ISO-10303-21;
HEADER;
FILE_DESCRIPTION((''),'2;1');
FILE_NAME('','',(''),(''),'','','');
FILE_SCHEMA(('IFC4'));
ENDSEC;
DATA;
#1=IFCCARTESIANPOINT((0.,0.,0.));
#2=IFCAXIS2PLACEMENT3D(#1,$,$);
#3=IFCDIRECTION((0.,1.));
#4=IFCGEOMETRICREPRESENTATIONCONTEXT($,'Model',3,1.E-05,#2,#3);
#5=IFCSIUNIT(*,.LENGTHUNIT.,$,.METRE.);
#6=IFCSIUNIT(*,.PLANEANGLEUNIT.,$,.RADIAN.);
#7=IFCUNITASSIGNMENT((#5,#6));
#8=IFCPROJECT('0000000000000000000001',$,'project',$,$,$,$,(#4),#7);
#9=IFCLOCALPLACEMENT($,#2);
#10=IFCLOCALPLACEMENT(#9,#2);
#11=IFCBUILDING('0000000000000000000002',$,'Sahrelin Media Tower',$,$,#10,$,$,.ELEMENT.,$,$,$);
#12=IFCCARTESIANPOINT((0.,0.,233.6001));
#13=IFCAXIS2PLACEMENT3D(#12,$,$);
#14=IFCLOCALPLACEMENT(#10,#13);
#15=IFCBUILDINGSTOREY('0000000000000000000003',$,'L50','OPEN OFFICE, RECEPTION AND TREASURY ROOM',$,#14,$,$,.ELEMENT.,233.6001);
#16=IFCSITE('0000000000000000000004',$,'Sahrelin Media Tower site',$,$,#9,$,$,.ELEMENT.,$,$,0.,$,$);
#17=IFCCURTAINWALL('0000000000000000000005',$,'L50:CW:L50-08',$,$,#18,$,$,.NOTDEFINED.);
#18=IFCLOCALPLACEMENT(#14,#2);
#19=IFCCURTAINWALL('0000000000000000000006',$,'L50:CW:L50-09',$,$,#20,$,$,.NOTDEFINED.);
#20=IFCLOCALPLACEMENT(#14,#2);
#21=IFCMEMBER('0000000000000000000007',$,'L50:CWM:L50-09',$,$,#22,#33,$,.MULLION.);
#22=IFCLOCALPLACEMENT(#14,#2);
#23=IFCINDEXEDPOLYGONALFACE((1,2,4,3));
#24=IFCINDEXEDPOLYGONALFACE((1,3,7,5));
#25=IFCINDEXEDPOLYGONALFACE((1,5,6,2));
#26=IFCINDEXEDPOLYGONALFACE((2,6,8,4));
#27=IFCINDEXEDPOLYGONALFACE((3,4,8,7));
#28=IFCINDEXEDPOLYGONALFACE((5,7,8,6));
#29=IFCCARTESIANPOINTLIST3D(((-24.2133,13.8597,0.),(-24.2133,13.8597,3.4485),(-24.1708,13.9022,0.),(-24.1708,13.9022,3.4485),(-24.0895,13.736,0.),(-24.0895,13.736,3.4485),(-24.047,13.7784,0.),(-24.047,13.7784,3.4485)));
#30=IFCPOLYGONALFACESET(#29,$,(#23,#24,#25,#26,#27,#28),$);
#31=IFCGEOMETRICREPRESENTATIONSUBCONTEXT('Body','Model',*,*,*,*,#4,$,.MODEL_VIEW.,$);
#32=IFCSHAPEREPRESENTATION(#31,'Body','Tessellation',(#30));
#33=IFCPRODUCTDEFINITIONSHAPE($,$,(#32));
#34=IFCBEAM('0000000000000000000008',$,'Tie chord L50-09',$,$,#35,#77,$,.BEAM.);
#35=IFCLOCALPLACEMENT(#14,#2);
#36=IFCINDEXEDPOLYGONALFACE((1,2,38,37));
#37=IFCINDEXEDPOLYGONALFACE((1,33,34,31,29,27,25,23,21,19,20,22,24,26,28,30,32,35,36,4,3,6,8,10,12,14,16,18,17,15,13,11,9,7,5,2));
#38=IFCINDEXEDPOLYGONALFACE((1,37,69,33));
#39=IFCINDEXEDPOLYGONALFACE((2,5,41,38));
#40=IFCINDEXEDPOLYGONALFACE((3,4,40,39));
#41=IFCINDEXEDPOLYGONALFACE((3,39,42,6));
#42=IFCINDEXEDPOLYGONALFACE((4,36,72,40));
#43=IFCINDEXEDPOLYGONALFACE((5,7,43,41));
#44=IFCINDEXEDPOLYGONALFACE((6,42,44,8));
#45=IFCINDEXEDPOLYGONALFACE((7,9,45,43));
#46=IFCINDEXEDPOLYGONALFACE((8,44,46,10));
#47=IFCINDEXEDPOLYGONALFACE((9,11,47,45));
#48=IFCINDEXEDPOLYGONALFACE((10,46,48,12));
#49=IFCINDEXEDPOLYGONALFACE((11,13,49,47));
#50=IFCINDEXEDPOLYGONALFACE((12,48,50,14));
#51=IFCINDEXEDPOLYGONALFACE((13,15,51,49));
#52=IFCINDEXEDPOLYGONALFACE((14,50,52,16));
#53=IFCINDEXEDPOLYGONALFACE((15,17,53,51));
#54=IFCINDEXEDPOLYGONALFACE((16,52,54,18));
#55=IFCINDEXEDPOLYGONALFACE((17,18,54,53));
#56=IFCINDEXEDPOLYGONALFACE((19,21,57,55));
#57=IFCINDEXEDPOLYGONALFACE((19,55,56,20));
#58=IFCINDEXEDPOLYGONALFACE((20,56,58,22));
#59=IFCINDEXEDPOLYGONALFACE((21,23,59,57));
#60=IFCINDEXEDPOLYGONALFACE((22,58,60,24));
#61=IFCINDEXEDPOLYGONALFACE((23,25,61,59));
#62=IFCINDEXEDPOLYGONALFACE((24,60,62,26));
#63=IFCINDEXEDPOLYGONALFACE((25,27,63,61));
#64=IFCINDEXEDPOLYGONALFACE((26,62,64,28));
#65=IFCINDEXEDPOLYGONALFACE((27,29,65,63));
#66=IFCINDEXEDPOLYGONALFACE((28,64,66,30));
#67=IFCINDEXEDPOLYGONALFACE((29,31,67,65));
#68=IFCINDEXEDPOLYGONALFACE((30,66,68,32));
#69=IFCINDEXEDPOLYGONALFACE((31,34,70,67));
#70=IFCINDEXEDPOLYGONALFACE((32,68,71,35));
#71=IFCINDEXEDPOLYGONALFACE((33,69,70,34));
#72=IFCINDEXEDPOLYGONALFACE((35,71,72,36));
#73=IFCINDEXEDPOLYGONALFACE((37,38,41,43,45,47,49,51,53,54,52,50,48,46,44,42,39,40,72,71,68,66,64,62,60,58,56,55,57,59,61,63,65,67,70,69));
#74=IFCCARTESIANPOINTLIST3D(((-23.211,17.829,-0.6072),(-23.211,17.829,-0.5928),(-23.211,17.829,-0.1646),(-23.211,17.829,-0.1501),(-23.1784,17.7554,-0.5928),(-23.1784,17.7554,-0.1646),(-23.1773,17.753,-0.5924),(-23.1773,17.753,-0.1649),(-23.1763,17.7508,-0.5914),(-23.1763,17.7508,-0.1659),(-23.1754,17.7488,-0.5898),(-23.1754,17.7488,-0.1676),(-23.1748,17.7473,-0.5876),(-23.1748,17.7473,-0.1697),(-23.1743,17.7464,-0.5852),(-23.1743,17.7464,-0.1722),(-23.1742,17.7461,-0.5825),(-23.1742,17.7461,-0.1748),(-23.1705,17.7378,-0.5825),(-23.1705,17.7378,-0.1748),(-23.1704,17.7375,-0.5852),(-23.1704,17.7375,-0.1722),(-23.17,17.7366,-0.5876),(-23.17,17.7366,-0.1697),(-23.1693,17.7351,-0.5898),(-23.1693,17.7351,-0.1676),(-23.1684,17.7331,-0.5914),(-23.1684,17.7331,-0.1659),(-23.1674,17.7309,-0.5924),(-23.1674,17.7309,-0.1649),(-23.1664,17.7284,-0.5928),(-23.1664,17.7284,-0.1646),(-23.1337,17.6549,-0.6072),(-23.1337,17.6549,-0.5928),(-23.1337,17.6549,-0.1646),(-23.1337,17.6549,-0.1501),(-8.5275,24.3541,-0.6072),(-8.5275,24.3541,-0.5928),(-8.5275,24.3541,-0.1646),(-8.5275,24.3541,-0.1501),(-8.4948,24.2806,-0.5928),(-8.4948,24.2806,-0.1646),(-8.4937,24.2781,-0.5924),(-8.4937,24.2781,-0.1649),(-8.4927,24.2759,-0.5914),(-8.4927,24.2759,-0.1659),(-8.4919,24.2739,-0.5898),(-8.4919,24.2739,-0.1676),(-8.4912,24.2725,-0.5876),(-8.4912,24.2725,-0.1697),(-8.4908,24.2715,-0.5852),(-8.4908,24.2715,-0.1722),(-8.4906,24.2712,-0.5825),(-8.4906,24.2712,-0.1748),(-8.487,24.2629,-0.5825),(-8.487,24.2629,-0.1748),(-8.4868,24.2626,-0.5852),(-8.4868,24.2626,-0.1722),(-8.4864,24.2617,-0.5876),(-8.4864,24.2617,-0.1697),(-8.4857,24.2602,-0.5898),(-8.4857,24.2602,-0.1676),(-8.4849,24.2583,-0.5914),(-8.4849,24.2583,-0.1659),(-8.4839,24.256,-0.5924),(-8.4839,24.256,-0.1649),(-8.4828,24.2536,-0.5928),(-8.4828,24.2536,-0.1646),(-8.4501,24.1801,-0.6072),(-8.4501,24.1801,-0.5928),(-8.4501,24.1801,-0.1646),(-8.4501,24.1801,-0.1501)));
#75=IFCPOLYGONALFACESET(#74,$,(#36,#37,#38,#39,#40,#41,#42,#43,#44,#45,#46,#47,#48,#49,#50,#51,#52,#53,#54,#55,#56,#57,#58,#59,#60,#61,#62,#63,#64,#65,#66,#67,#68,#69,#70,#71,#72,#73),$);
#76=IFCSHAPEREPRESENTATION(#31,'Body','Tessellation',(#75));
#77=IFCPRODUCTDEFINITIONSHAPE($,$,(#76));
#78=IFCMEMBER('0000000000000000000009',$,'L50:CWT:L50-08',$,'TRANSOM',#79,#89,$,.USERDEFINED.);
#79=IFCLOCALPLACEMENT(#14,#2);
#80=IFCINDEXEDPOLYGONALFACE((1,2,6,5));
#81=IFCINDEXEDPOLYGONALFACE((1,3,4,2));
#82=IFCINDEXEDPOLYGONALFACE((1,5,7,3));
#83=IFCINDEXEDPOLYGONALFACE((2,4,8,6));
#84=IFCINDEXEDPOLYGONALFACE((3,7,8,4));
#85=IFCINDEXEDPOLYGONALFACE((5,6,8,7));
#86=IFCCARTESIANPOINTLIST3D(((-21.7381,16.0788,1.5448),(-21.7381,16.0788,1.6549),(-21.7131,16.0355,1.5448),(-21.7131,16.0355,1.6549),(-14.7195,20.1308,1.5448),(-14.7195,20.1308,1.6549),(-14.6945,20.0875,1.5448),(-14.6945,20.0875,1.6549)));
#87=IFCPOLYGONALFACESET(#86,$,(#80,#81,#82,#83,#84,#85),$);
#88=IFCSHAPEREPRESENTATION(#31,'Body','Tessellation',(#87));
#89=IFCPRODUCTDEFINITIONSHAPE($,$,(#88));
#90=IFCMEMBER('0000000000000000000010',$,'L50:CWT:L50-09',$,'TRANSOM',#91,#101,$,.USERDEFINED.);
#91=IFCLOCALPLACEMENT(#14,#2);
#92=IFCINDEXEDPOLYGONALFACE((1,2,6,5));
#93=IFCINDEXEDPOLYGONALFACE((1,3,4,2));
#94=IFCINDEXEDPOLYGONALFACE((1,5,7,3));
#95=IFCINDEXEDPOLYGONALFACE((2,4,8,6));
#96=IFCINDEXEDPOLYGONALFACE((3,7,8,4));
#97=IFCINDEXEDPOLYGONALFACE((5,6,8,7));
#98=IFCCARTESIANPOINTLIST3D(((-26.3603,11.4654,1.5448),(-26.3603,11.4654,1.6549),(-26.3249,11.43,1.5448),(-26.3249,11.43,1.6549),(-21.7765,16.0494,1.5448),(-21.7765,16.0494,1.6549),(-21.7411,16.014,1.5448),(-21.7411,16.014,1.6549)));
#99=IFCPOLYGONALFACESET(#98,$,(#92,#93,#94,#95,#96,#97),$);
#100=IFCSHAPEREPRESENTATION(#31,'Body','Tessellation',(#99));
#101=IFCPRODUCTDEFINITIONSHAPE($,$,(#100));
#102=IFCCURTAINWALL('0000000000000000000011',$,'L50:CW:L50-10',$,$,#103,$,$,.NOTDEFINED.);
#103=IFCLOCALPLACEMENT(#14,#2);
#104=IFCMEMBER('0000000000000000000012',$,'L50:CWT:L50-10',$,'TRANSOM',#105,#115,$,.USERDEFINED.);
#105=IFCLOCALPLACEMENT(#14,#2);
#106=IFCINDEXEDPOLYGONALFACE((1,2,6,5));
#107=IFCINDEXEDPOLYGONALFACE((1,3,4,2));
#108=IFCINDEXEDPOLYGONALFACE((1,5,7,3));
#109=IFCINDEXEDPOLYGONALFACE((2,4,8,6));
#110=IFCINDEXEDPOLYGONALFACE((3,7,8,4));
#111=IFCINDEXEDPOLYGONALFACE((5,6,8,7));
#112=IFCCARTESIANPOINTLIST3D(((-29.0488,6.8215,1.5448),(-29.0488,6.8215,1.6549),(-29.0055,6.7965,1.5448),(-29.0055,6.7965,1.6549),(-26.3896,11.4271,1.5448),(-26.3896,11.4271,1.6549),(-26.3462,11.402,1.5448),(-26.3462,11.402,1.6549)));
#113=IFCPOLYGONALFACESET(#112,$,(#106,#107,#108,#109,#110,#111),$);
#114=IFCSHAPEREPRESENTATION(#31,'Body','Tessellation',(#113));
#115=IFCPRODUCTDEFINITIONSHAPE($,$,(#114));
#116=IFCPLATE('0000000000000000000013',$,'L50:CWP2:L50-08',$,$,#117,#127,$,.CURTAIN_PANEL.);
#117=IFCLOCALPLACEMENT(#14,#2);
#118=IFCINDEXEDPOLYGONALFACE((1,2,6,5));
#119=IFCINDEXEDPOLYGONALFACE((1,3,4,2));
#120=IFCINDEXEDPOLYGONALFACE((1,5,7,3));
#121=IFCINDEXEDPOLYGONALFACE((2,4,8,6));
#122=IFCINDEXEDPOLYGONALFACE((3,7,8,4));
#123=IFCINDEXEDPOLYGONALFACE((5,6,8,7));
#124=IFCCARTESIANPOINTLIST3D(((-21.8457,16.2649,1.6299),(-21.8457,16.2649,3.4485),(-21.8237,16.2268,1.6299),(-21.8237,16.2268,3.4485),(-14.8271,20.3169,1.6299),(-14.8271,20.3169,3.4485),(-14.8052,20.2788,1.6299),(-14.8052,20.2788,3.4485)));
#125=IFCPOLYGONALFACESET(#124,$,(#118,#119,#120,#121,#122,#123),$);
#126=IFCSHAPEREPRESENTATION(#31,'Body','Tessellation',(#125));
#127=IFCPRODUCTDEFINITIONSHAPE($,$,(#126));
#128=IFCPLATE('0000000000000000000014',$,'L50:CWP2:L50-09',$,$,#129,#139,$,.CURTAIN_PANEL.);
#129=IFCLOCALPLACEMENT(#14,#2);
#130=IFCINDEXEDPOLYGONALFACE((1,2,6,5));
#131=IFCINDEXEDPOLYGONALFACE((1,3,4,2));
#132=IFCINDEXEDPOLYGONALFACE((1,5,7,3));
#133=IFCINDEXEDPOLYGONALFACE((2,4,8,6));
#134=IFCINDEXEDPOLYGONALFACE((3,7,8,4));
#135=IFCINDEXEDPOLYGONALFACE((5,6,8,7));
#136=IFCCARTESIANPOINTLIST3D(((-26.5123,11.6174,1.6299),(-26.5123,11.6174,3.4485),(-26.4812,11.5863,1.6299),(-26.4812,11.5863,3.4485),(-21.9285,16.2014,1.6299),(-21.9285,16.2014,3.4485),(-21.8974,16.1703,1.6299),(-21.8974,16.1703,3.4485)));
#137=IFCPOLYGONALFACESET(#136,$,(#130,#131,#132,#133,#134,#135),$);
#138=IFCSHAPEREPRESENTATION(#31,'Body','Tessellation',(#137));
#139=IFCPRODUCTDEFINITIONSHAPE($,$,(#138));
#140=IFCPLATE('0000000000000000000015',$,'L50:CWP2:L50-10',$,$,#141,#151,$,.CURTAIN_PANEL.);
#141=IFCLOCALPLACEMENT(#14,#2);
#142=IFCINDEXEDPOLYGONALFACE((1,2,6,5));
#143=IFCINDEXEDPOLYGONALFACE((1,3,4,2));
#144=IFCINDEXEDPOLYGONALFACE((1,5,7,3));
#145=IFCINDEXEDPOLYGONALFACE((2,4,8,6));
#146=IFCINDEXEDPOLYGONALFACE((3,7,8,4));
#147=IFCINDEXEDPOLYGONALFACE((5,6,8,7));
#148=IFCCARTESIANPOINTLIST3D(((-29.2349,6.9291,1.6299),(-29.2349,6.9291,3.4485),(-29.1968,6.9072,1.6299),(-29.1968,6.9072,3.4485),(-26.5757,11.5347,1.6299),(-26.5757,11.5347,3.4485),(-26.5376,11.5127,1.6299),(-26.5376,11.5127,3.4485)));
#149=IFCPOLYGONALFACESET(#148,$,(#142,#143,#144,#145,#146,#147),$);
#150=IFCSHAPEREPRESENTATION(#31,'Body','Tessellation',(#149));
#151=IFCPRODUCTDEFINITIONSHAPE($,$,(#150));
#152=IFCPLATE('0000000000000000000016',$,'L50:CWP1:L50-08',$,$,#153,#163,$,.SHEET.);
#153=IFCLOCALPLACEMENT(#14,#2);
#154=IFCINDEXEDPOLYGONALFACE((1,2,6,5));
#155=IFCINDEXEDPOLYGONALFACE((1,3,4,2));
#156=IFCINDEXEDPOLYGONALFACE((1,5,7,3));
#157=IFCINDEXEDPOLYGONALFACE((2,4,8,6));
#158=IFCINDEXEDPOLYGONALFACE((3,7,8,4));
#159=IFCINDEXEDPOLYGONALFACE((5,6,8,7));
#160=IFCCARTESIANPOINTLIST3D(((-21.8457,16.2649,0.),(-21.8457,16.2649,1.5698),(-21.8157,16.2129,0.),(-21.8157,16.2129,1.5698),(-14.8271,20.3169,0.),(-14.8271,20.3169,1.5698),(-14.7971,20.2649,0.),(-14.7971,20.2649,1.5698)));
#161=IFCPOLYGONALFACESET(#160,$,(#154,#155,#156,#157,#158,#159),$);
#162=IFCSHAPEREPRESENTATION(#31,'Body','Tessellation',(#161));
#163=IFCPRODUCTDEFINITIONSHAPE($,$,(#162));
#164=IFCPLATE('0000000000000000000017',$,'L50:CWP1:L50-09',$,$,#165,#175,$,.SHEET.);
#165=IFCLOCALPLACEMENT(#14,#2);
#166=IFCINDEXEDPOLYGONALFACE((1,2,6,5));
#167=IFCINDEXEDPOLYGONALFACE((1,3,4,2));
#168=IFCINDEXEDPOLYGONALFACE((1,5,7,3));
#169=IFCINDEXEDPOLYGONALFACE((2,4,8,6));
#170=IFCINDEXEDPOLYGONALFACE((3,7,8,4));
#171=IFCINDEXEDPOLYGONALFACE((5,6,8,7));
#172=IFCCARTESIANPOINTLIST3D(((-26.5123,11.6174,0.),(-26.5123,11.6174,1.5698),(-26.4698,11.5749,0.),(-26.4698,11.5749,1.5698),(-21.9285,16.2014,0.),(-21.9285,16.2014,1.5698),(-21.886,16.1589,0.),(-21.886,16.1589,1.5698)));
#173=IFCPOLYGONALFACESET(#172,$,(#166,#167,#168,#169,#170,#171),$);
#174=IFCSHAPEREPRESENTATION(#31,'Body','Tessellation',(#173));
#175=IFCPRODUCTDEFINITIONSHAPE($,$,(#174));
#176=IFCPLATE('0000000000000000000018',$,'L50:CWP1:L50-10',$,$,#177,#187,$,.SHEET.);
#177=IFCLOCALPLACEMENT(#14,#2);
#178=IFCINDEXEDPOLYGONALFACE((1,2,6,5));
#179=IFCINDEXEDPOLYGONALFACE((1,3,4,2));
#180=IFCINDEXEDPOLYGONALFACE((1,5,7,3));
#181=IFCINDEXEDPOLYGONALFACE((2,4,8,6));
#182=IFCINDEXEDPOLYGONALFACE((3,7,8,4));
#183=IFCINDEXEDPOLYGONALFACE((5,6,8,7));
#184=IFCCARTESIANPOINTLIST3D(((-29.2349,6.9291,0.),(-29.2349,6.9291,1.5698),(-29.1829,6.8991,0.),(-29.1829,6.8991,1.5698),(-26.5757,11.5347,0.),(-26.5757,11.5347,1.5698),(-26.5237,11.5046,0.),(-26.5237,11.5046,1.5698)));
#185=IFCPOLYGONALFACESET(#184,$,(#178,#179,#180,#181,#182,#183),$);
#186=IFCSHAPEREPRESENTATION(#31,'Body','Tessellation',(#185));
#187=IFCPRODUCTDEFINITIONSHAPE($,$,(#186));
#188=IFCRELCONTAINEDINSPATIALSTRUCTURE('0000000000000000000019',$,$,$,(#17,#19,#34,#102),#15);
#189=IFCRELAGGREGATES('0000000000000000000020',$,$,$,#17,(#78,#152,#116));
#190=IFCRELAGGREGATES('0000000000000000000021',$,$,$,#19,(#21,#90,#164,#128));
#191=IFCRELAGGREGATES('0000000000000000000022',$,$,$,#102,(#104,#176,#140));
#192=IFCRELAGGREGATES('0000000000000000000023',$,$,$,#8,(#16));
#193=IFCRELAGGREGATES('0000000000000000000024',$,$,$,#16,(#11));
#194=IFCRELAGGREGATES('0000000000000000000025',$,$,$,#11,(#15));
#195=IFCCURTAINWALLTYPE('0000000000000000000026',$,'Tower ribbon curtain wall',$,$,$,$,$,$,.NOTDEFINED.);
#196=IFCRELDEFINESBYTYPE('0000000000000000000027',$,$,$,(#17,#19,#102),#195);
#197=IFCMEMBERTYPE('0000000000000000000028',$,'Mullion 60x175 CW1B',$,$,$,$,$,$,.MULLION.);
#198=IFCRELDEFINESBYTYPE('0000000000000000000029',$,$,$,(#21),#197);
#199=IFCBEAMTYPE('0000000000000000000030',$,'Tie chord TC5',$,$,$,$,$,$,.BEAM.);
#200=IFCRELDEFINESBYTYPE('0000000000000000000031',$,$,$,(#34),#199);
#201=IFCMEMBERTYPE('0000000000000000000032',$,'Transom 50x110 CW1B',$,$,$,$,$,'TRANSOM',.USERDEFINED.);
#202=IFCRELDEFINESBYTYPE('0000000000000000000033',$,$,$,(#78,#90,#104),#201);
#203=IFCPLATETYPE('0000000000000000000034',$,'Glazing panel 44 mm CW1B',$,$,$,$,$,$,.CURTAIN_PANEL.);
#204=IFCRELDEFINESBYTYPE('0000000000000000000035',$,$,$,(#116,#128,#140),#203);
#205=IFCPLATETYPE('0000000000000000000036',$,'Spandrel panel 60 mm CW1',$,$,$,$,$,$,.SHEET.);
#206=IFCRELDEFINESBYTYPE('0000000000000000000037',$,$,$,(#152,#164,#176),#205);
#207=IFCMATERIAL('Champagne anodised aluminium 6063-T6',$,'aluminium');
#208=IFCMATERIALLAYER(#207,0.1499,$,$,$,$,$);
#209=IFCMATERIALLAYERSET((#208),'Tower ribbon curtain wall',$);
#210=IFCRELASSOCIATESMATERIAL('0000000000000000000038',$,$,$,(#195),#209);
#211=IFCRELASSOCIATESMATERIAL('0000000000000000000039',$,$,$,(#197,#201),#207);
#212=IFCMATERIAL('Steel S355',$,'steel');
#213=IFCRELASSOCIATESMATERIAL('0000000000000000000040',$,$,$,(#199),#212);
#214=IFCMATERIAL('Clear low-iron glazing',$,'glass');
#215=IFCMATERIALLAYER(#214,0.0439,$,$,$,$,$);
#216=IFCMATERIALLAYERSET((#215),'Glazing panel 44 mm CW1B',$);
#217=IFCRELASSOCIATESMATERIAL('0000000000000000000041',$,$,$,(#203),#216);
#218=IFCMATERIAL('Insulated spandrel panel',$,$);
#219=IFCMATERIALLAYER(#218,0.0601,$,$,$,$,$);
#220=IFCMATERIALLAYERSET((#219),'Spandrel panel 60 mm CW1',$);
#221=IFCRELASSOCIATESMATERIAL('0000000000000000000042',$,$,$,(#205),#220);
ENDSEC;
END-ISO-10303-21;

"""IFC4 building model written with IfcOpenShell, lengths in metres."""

from ifc_helpers import new_model, si_unit, direction, frame, origin, origin_2d, place, context, subcontext, project, spatial, polyline, rectangle, i_section, outline, extrude, material, layer, layer_set, material_profile, profile_set, type_object, element, aggregate, save


model = new_model("IFC4")

# Units and contexts
model_context = context("Model", 3, precision=1e-05, world=origin(), true_north=direction((0.0, 1.0)))
body_context = subcontext(model_context, "Body", "Model", "MODEL_VIEW")
ifc_project = project(units=[si_unit("LENGTHUNIT", "METRE"), si_unit("PLANEANGLEUNIT", "RADIAN")], contexts=[model_context])

# Site, building, storey
site_placement = place(None, origin())
site = spatial("IfcSite", under=ifc_project, at=site_placement, Name="Sahrelin Media Tower site", CompositionType="ELEMENT", RefElevation=0.0)
building_placement = place(site_placement, origin())
building = spatial("IfcBuilding", under=site, at=building_placement, Name="Sahrelin Media Tower", CompositionType="ELEMENT")
storey_placement = place(building_placement, frame((0.0, 0.0, 233.6001)))
storey = spatial("IfcBuildingStorey", under=building, at=storey_placement, Name="L50", Description="OPEN OFFICE, RECEPTION AND TREASURY ROOM", CompositionType="ELEMENT", Elevation=233.6001)

# Shared definitions
ifc_material_1 = material(Name="Steel S355", Category="steel")

# Curtain walls, member
ifc_material_2 = material(Name="Champagne anodised aluminium 6063-T6", Category="aluminium")
ifc_layer_1 = layer(ifc_material_2, 0.1499)
ifc_layer_set_1 = layer_set([ifc_layer_1], Name="Tower ribbon curtain wall")
curtain_wall_type = type_object("IfcCurtainWallType", Name="Tower ribbon curtain wall", PredefinedType="NOTDEFINED", material=ifc_layer_set_1)
curtain_wall_1_placement = place(storey_placement, frame((-18.3264, 18.2737, 0.0), z_axis=(0.0, 0.0, 1.0), x_axis=(1.0, 0.0, 0.0)))
curtain_wall_1 = element("IfcCurtainWall", 1, at=curtain_wall_1_placement, inside=storey, type_object=curtain_wall_type, Name="L50:CW:L50-08", PredefinedType="NOTDEFINED")
ifc_material_profile_1 = material_profile(ifc_material_2, rectangle(XDim=0.0601, YDim=0.175, at=origin_2d()), Name="Mullion 60x175")
ifc_profile_set_1 = profile_set([ifc_material_profile_1], Name="Champagne anodised aluminium 6063-T6")
member_type_1 = type_object("IfcMemberType", Name="Mullion 60x175 CW1B", PredefinedType="MULLION", material=ifc_profile_set_1)
curtain_wall_2_placement = place(storey_placement, frame((-24.2063, 13.8953, 0.0), z_axis=(0.0, 0.0, 1.0), x_axis=(1.0, 0.0, 0.0)))
curtain_wall_2 = element("IfcCurtainWall", 2, at=curtain_wall_2_placement, inside=storey, type_object=curtain_wall_type, Name="L50:CW:L50-09", PredefinedType="NOTDEFINED")
member_1_placement = place(storey_placement, frame((-24.1301, 13.8191, 0.0), z_axis=(0.0, 0.0, 1.0), x_axis=(-0.707099, -0.707114, 0.0)))
member_1 = element("IfcMember", 3, at=member_1_placement, type_object=member_type_1, Name="L50:CWM:L50-09", PredefinedType="MULLION", context=body_context, shape_type="SweptSolid", body=[
    extrude(rectangle(XDim=0.0601, YDim=0.175, at=origin_2d()), origin(), (0.0, 0.0, 1.0), 3.4485),
])

# Beam
ifc_material_profile_2 = material_profile(ifc_material_1, i_section(OverallWidth=0.1904, OverallDepth=0.457, WebThickness=0.009, FlangeThickness=0.0144, FilletRadius=0.0103, at=origin_2d()), Name="UB 457x191x74")
ifc_profile_set_2 = profile_set([ifc_material_profile_2], Name="Steel S355")
beam_type_1 = type_object("IfcBeamType", Name="Tie chord TC5", PredefinedType="BEAM", material=ifc_profile_set_2)
beam_1_placement = place(storey_placement, frame((-23.1724, 17.7419, -0.3787), z_axis=(0.913832, 0.406092, 0.0), x_axis=(-0.406092, 0.913832, 0.0)))
element("IfcBeam", 4, at=beam_1_placement, inside=storey, type_object=beam_type_1, Name="Tie chord L50-09", PredefinedType="BEAM", context=body_context, shape_type="SweptSolid", body=[
    extrude(i_section(OverallWidth=0.1904, OverallDepth=0.457, WebThickness=0.009, FlangeThickness=0.0144, FilletRadius=0.0103, at=origin_2d()), origin(), (0.0, 0.0, 1.0), 16.0681),
])

# Members
ifc_material_profile_3 = material_profile(ifc_material_2, rectangle(XDim=0.05, YDim=0.1101, at=origin_2d()), Name="Transom 50x110")
ifc_profile_set_3 = profile_set([ifc_material_profile_3], Name="Champagne anodised aluminium 6063-T6")
member_type_2 = type_object("IfcMemberType", Name="Transom 50x110 CW1B", ElementType="TRANSOM", PredefinedType="USERDEFINED", material=ifc_profile_set_3)
member_2_placement = place(storey_placement, frame((-14.707, 20.1091, 1.5999), z_axis=(-0.866034, -0.499985, 0.0), x_axis=(0.499985, -0.866034, 0.0)))
member_2 = element("IfcMember", 5, at=member_2_placement, type_object=member_type_2, Name="L50:CWT:L50-08", ObjectType="TRANSOM", PredefinedType="USERDEFINED", context=body_context, shape_type="SweptSolid", body=[
    extrude(rectangle(XDim=0.05, YDim=0.1101, at=origin_2d()), origin(), (0.0, 0.0, 1.0), 8.1042),
])
member_3_placement = place(storey_placement, frame((-21.7588, 16.0317, 1.5999), z_axis=(-0.707088, -0.707126, 0.0), x_axis=(0.707126, -0.707088, 0.0)))
member_3 = element("IfcMember", 6, at=member_3_placement, type_object=member_type_2, Name="L50:CWT:L50-09", ObjectType="TRANSOM", PredefinedType="USERDEFINED", context=body_context, shape_type="SweptSolid", body=[
    extrude(rectangle(XDim=0.05, YDim=0.1101, at=origin_2d()), origin(), (0.0, 0.0, 1.0), 6.4827),
])

# Curtain wall, member
curtain_wall_3_placement = place(storey_placement, frame((-27.8879, 9.2219, 0.0), z_axis=(0.0, 0.0, 1.0), x_axis=(1.0, 0.0, 0.0)))
curtain_wall_3 = element("IfcCurtainWall", 7, at=curtain_wall_3_placement, inside=storey, type_object=curtain_wall_type, Name="L50:CW:L50-10", PredefinedType="NOTDEFINED")
member_4_placement = place(storey_placement, frame((-26.3679, 11.4146, 1.5999), z_axis=(-0.50003, -0.866008, 0.0), x_axis=(0.866008, -0.50003, 0.0)))
member_4 = element("IfcMember", 8, at=member_4_placement, type_object=member_type_2, Name="L50:CWT:L50-10", ObjectType="TRANSOM", PredefinedType="USERDEFINED", context=body_context, shape_type="SweptSolid", body=[
    extrude(rectangle(XDim=0.05, YDim=0.1101, at=origin_2d()), origin(), (0.0, 0.0, 1.0), 5.3181),
])

# Plates
ifc_material_3 = material(Name="Clear low-iron glazing", Category="glass")
ifc_layer_2 = layer(ifc_material_3, 0.0439)
ifc_layer_set_2 = layer_set([ifc_layer_2], Name="Glazing panel 44 mm CW1B")
plate_type_1 = type_object("IfcPlateType", Name="Glazing panel 44 mm CW1B", PredefinedType="CURTAIN_PANEL", material=ifc_layer_set_2)
plate_1_placement = place(storey_placement, frame((-14.8271, 20.3169, 1.6299), z_axis=(-0.499985, 0.866034, 0.0), x_axis=(-0.866034, -0.499985, 0.0)))
plate_1 = element("IfcPlate", 9, at=plate_1_placement, type_object=plate_type_1, Name="L50:CWP2:L50-08", PredefinedType="CURTAIN_PANEL", context=body_context, shape_type="SweptSolid", body=[
    extrude(outline(polyline([(0.0, 0.0), (8.1042, 0.0), (8.1042, 1.8186), (0.0, 1.8186), (0.0, 0.0)])), origin(), (0.0, 0.0, -1.0), 0.0439),
])
plate_2_placement = place(storey_placement, frame((-21.9285, 16.2014, 1.6299), z_axis=(-0.707126, 0.707088, 0.0), x_axis=(-0.707088, -0.707126, 0.0)))
plate_2 = element("IfcPlate", 10, at=plate_2_placement, type_object=plate_type_1, Name="L50:CWP2:L50-09", PredefinedType="CURTAIN_PANEL", context=body_context, shape_type="SweptSolid", body=[
    extrude(outline(polyline([(0.0, 0.0), (6.4827, 0.0), (6.4827, 1.8186), (0.0, 1.8186), (0.0, 0.0)])), origin(), (0.0, 0.0, -1.0), 0.0439),
])
plate_3_placement = place(storey_placement, frame((-26.5757, 11.5347, 1.6299), z_axis=(-0.866008, 0.50003, 0.0), x_axis=(-0.50003, -0.866008, 0.0)))
plate_3 = element("IfcPlate", 11, at=plate_3_placement, type_object=plate_type_1, Name="L50:CWP2:L50-10", PredefinedType="CURTAIN_PANEL", context=body_context, shape_type="SweptSolid", body=[
    extrude(outline(polyline([(0.0, 0.0), (5.3181, 0.0), (5.3181, 1.8186), (0.0, 1.8186), (0.0, 0.0)])), origin(), (0.0, 0.0, -1.0), 0.0439),
])
ifc_material_4 = material(Name="Insulated spandrel panel")
ifc_layer_3 = layer(ifc_material_4, 0.0601)
ifc_layer_set_3 = layer_set([ifc_layer_3], Name="Spandrel panel 60 mm CW1")
plate_type_2 = type_object("IfcPlateType", Name="Spandrel panel 60 mm CW1", PredefinedType="SHEET", material=ifc_layer_set_3)
plate_4_placement = place(storey_placement, frame((-14.8271, 20.3169, 0.0), z_axis=(-0.499985, 0.866034, 0.0), x_axis=(-0.866034, -0.499985, 0.0)))
plate_4 = element("IfcPlate", 12, at=plate_4_placement, type_object=plate_type_2, Name="L50:CWP1:L50-08", PredefinedType="SHEET", context=body_context, shape_type="SweptSolid", body=[
    extrude(outline(polyline([(0.0, 0.0), (8.1042, 0.0), (8.1042, 1.5698), (0.0, 1.5698), (0.0, 0.0)])), origin(), (0.0, 0.0, -1.0), 0.0601),
])
aggregate(curtain_wall_1, [member_2, plate_4, plate_1])
plate_5_placement = place(storey_placement, frame((-21.9285, 16.2014, 0.0), z_axis=(-0.707126, 0.707088, 0.0), x_axis=(-0.707088, -0.707126, 0.0)))
plate_5 = element("IfcPlate", 13, at=plate_5_placement, type_object=plate_type_2, Name="L50:CWP1:L50-09", PredefinedType="SHEET", context=body_context, shape_type="SweptSolid", body=[
    extrude(outline(polyline([(0.0, 0.0), (6.4827, 0.0), (6.4827, 1.5698), (0.0, 1.5698), (0.0, 0.0)])), origin(), (0.0, 0.0, -1.0), 0.0601),
])
aggregate(curtain_wall_2, [member_1, member_3, plate_5, plate_2])
plate_6_placement = place(storey_placement, frame((-26.5757, 11.5347, 0.0), z_axis=(-0.866008, 0.50003, 0.0), x_axis=(-0.50003, -0.866008, 0.0)))
plate_6 = element("IfcPlate", 14, at=plate_6_placement, type_object=plate_type_2, Name="L50:CWP1:L50-10", PredefinedType="SHEET", context=body_context, shape_type="SweptSolid", body=[
    extrude(outline(polyline([(0.0, 0.0), (5.3181, 0.0), (5.3181, 1.5698), (0.0, 1.5698), (0.0, 0.0)])), origin(), (0.0, 0.0, -1.0), 0.0601),
])
aggregate(curtain_wall_3, [member_4, plate_6, plate_3])

save(model, "model.ifc")
